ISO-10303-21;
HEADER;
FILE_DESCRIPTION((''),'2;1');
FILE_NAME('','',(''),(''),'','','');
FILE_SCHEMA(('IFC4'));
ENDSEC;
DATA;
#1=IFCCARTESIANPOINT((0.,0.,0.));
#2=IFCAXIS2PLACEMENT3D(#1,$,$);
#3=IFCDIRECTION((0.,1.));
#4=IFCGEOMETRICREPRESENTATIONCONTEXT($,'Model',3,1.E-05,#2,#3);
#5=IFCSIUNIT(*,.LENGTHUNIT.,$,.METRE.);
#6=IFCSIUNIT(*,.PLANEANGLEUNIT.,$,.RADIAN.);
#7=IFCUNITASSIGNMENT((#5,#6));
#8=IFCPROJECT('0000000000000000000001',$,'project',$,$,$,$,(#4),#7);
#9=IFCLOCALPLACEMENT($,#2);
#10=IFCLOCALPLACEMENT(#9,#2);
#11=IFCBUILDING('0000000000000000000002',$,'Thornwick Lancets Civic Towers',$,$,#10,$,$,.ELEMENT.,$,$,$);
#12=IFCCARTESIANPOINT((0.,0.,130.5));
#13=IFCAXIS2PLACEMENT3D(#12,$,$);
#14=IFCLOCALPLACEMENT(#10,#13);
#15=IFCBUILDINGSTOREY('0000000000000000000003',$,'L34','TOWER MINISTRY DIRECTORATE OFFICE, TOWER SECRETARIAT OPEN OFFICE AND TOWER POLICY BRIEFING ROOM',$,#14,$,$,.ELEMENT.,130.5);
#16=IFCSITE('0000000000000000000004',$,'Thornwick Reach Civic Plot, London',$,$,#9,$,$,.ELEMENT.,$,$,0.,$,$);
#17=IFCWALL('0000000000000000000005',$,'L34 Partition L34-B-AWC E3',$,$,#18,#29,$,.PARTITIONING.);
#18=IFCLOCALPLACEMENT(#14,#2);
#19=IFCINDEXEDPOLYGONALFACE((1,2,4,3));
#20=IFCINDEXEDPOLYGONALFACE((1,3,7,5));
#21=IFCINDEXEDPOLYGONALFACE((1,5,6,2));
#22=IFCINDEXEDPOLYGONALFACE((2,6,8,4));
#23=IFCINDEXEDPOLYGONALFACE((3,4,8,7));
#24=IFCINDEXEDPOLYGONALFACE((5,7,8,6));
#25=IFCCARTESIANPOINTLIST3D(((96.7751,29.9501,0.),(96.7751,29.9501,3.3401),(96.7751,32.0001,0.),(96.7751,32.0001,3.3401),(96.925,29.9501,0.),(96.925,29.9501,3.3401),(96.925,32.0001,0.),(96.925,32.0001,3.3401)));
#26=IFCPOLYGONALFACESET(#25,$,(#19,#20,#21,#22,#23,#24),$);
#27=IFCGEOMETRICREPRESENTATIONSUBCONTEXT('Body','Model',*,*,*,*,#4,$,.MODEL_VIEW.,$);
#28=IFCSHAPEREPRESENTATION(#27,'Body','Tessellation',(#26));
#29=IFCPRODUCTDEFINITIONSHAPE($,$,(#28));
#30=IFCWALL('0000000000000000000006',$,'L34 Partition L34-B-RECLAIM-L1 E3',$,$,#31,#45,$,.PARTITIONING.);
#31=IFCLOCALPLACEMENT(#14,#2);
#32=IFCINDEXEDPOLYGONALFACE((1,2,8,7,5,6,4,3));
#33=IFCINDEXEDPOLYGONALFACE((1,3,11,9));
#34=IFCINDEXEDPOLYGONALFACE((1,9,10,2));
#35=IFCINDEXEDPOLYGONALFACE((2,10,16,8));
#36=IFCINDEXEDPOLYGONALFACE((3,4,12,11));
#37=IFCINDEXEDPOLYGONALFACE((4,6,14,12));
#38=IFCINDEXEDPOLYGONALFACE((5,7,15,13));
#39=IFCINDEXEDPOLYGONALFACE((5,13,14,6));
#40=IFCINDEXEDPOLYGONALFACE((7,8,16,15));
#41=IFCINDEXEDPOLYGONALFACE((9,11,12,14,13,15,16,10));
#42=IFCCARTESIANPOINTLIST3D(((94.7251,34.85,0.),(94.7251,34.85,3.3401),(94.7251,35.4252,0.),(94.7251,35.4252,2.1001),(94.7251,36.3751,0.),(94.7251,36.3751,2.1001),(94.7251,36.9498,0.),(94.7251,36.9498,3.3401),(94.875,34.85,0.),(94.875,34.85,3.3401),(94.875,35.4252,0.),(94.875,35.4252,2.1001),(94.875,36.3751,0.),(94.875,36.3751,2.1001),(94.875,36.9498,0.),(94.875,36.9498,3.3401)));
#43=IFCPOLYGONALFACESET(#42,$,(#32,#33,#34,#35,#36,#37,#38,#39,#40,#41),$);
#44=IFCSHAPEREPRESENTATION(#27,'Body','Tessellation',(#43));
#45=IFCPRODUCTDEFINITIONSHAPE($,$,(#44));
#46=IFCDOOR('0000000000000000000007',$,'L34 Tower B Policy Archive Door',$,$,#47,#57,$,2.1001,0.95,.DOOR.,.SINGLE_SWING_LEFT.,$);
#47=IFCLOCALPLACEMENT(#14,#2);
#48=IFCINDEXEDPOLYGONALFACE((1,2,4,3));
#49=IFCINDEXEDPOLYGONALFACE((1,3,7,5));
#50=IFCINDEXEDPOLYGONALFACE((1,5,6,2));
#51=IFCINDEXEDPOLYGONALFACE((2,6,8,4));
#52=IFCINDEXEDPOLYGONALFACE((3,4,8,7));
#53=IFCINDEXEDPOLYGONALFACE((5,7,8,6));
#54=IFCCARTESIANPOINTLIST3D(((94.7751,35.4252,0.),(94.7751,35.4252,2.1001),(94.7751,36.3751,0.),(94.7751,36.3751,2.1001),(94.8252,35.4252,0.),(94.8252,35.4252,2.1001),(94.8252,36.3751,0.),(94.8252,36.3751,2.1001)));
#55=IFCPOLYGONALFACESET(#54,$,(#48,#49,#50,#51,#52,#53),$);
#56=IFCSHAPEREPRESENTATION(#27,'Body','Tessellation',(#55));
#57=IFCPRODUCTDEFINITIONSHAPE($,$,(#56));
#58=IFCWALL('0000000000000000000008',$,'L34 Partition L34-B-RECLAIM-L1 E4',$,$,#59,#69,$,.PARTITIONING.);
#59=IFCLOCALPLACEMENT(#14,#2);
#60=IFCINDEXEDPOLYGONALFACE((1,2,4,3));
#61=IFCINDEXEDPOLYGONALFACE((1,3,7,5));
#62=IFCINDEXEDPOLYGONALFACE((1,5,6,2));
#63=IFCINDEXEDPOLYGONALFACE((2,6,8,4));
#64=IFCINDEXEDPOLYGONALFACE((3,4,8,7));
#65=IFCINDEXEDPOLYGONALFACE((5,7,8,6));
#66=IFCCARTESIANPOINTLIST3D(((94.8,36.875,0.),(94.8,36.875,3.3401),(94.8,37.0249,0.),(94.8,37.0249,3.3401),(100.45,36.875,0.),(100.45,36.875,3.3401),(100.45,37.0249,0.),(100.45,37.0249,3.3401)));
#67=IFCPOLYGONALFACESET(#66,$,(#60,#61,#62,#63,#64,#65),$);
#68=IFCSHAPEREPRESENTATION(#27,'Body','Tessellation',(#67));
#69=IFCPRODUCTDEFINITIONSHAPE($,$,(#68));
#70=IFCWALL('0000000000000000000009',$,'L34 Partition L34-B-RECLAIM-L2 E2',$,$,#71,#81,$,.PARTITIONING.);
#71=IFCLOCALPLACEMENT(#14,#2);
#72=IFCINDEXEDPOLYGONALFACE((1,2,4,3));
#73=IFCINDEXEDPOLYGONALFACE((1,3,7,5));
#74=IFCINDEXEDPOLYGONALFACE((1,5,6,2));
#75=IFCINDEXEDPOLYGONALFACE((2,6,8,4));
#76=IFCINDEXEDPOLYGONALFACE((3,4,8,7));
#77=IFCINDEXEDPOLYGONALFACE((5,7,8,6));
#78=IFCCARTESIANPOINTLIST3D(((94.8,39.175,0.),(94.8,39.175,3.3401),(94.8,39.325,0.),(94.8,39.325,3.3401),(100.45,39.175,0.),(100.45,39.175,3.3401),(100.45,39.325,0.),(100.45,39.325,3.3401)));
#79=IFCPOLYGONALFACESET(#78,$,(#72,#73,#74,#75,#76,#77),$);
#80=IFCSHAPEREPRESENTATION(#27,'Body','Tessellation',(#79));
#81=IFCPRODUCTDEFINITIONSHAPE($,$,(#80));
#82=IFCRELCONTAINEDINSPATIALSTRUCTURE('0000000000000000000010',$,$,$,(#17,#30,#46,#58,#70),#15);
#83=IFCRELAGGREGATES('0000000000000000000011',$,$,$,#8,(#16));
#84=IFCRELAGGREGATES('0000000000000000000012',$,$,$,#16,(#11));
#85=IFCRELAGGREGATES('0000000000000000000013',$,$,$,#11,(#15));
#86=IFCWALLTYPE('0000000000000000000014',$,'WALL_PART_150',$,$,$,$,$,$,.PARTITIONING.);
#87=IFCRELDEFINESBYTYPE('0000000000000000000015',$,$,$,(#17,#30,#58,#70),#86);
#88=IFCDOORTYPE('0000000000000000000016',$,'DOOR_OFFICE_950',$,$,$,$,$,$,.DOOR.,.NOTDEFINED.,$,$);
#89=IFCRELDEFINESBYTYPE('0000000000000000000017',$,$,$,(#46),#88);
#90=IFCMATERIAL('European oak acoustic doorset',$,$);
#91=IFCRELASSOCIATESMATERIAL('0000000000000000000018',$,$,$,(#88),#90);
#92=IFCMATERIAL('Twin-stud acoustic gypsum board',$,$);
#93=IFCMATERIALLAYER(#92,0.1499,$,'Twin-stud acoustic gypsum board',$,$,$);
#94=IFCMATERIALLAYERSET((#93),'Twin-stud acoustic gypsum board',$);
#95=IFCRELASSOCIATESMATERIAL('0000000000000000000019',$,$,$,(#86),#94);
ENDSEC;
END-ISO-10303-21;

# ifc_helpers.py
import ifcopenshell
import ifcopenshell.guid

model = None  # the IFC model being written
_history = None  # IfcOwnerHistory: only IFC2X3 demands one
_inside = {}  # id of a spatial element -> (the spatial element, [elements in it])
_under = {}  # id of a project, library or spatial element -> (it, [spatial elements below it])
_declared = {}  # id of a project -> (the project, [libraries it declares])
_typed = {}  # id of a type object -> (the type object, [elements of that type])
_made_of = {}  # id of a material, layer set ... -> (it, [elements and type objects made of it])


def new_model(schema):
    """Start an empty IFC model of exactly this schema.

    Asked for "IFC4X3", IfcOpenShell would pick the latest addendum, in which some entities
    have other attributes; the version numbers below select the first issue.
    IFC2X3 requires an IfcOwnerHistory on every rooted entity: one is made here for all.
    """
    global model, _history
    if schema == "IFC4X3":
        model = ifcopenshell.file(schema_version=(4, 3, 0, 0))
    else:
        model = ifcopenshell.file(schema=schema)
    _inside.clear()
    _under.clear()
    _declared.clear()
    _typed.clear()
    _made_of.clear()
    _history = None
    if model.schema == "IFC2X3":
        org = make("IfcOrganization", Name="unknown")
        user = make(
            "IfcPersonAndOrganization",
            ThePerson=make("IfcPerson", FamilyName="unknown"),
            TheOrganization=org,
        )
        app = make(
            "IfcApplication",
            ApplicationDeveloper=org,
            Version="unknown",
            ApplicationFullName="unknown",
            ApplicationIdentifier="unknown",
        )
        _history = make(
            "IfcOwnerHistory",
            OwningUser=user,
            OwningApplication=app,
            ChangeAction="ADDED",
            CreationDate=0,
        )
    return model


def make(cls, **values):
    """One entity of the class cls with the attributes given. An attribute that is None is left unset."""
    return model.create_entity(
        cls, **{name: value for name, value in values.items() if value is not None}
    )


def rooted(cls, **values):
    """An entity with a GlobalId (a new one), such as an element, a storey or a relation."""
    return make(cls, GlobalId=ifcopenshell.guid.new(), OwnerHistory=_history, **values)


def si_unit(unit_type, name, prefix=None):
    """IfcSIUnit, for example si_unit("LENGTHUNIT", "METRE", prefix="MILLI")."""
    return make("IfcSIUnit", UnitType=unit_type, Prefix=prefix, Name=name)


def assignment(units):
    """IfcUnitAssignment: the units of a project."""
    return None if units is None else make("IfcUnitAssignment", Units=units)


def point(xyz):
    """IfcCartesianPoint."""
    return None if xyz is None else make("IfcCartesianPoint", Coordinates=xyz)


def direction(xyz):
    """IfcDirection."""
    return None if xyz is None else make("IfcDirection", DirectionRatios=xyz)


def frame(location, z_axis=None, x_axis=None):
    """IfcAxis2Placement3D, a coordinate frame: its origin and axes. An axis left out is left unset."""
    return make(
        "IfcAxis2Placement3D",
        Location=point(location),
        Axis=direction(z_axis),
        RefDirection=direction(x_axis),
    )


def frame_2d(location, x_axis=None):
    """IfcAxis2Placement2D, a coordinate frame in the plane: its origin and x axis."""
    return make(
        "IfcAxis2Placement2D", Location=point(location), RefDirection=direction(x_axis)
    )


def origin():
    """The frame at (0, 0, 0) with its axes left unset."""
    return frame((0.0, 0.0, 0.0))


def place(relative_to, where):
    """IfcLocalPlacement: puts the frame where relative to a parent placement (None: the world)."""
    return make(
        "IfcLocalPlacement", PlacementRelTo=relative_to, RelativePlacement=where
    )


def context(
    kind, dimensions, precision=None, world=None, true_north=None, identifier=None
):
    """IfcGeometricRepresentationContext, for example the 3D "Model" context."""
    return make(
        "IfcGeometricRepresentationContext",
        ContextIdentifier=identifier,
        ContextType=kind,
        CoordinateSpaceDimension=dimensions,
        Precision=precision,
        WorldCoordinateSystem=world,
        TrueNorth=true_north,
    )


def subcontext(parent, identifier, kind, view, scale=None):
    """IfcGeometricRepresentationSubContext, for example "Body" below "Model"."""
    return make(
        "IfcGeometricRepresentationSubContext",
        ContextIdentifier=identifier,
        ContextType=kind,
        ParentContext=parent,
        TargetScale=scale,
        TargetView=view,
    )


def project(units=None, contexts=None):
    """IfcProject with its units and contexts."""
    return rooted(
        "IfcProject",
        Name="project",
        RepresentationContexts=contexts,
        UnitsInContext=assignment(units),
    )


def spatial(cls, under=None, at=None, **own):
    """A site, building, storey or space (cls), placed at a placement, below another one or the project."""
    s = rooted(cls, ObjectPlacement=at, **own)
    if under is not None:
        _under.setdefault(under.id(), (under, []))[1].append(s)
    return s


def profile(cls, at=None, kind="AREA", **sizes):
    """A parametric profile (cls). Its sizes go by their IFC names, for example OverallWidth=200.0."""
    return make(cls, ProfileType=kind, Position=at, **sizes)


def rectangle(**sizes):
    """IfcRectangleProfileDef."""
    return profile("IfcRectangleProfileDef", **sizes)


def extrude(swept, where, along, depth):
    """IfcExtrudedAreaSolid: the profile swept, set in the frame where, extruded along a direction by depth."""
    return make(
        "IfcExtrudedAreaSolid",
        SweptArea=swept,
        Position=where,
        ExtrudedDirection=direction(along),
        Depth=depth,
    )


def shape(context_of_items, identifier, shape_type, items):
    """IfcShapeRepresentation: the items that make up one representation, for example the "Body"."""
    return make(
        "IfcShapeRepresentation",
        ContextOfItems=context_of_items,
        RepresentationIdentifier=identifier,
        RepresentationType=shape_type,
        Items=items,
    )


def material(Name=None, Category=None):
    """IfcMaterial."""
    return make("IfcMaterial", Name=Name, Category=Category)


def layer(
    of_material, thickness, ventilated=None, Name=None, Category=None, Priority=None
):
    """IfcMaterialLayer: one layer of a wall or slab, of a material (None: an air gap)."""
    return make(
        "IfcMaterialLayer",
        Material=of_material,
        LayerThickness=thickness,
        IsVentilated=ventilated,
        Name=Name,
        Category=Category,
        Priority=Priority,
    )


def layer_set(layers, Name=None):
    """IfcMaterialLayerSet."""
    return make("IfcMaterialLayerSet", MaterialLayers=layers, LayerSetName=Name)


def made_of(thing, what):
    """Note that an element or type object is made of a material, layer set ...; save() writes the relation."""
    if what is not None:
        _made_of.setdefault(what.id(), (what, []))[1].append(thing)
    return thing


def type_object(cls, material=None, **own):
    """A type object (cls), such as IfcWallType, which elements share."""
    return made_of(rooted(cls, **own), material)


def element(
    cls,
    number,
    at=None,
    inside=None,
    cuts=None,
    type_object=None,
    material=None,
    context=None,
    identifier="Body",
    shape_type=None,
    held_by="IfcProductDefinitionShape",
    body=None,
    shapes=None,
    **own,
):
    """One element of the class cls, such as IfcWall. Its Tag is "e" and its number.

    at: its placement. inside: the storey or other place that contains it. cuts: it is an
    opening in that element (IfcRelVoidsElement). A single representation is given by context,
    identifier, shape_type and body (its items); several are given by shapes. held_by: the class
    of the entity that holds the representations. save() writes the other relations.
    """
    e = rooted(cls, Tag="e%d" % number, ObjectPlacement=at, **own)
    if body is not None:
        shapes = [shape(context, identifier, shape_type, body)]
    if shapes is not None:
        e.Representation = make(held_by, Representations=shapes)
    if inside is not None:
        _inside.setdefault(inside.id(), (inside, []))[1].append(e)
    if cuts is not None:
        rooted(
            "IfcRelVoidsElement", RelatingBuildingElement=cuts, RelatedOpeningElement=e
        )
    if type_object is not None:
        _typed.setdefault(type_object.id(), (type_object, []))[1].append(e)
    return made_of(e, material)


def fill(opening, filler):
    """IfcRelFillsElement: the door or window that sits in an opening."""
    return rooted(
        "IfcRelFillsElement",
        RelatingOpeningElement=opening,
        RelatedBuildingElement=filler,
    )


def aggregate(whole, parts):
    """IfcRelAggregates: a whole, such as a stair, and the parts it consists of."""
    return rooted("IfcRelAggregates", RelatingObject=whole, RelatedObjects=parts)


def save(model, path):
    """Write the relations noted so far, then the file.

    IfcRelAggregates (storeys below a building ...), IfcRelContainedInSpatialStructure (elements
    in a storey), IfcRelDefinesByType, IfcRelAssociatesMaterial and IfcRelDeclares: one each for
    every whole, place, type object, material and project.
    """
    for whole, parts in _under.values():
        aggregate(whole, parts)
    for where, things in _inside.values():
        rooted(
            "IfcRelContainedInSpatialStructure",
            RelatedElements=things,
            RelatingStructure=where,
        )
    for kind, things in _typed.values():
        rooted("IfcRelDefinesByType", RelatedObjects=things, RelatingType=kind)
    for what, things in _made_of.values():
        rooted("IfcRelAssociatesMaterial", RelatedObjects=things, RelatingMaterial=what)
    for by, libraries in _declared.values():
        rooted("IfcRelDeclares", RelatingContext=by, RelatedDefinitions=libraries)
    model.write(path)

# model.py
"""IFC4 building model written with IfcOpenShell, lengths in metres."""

from ifc_helpers import new_model, si_unit, direction, frame, frame_2d, origin, place, context, subcontext, project, spatial, rectangle, extrude, material, layer, layer_set, type_object, element, fill, save


model = new_model("IFC4")

# Units and contexts
model_context = context("Model", 3, precision=1e-05, world=origin(), true_north=direction((0.0, 1.0)))
body_context = subcontext(model_context, "Body", "Model", "MODEL_VIEW")
ifc_project = project(units=[si_unit("LENGTHUNIT", "METRE"), si_unit("PLANEANGLEUNIT", "RADIAN")], contexts=[model_context])

# Site, building, storey
site_placement = place(None, origin())
site = spatial("IfcSite", under=ifc_project, at=site_placement, Name="Thornwick Reach Civic Plot, London", CompositionType="ELEMENT", RefElevation=0.0)
building_placement = place(site_placement, origin())
building = spatial("IfcBuilding", under=site, at=building_placement, Name="Thornwick Lancets Civic Towers", CompositionType="ELEMENT")
storey_placement = place(building_placement, frame((0.0, 0.0, 130.5)))
storey = spatial("IfcBuildingStorey", under=building, at=storey_placement, Name="L34", Description="TOWER MINISTRY DIRECTORATE OFFICE, TOWER SECRETARIAT OPEN OFFICE AND TOWER POLICY BRIEFING ROOM", CompositionType="ELEMENT", Elevation=130.5)

# Shared definitions
ifc_material_1 = material(Name="European oak acoustic doorset")
door_type_1 = type_object("IfcDoorType", Name="DOOR_OFFICE_950", OperationType="NOTDEFINED", PredefinedType="DOOR", material=ifc_material_1)

# Wall
ifc_material_2 = material(Name="Twin-stud acoustic gypsum board")
ifc_layer_1 = layer(ifc_material_2, 0.1499, Name="Twin-stud acoustic gypsum board")
ifc_layer_set_1 = layer_set([ifc_layer_1], Name="Twin-stud acoustic gypsum board")
wall_type_1 = type_object("IfcWallType", Name="WALL_PART_150", PredefinedType="PARTITIONING", material=ifc_layer_set_1)
wall_1_placement = place(storey_placement, frame((96.8501, 32.0, 0.0), z_axis=(0.0, 0.0, 1.0), x_axis=(0.0, -1.0, 0.0)))
element("IfcWall", 1, at=wall_1_placement, inside=storey, type_object=wall_type_1, Name="L34 Partition L34-B-AWC E3", PredefinedType="PARTITIONING", context=body_context, shape_type="SweptSolid", body=[
    extrude(rectangle(XDim=2.05, YDim=0.1499, at=frame_2d((1.0249, 0.0))), origin(), (0.0, 0.0, 1.0), 3.3401),
])

# Wall, opening, door
wall_2_placement = place(storey_placement, frame((94.8, 34.8501, 0.0), z_axis=(0.0, 0.0, 1.0), x_axis=(0.0, 1.0, 0.0)))
wall_2 = element("IfcWall", 2, at=wall_2_placement, inside=storey, type_object=wall_type_1, Name="L34 Partition L34-B-RECLAIM-L1 E3", PredefinedType="PARTITIONING", context=body_context, shape_type="SweptSolid", body=[
    extrude(rectangle(XDim=2.0999, YDim=0.1499, at=frame_2d((1.0498, 0.0))), origin(), (0.0, 0.0, 1.0), 3.3401),
])
opening_1_placement = place(wall_2_placement, frame((0.575, 0.0, 0.0)))
opening_1 = element("IfcOpeningElement", 3, at=opening_1_placement, cuts=wall_2, PredefinedType="OPENING", context=body_context, shape_type="SweptSolid", body=[
    extrude(rectangle(XDim=0.95, YDim=2.1001, at=frame_2d((0.4751, 1.05))), frame((0.0, 0.085, 0.0), z_axis=(0.0, -1.0, 0.0), x_axis=(1.0, 0.0, 0.0)), (0.0, 0.0, 1.0), 0.1699),
])
door_1_placement = place(opening_1_placement, origin())
door_1 = element("IfcDoor", 4, at=door_1_placement, inside=storey, type_object=door_type_1, Name="L34 Tower B Policy Archive Door", OperationType="SINGLE_SWING_LEFT", OverallHeight=2.1001, OverallWidth=0.95, PredefinedType="DOOR", context=body_context, shape_type="SweptSolid", body=[
    extrude(rectangle(XDim=0.95, YDim=2.1001, at=frame_2d((0.4751, 1.05))), frame((0.0, 0.0249, 0.0), z_axis=(0.0, -1.0, 0.0), x_axis=(1.0, 0.0, 0.0)), (0.0, 0.0, 1.0), 0.05),
])
fill(opening_1, door_1)

# Wall
wall_3_placement = place(storey_placement, frame((94.8, 36.95, 0.0), z_axis=(0.0, 0.0, 1.0), x_axis=(1.0, 0.0, 0.0)))
element("IfcWall", 5, at=wall_3_placement, inside=storey, type_object=wall_type_1, Name="L34 Partition L34-B-RECLAIM-L1 E4", PredefinedType="PARTITIONING", context=body_context, shape_type="SweptSolid", body=[
    extrude(rectangle(XDim=5.6499, YDim=0.1499, at=frame_2d((2.825, 0.0))), origin(), (0.0, 0.0, 1.0), 3.3401),
])

# Wall
wall_4_placement = place(storey_placement, frame((94.8, 39.25, 0.0), z_axis=(0.0, 0.0, 1.0), x_axis=(1.0, 0.0, 0.0)))
element("IfcWall", 6, at=wall_4_placement, inside=storey, type_object=wall_type_1, Name="L34 Partition L34-B-RECLAIM-L2 E2", PredefinedType="PARTITIONING", context=body_context, shape_type="SweptSolid", body=[
    extrude(rectangle(XDim=5.6499, YDim=0.1499, at=frame_2d((2.825, 0.0))), origin(), (0.0, 0.0, 1.0), 3.3401),
])

save(model, "model.ifc")
